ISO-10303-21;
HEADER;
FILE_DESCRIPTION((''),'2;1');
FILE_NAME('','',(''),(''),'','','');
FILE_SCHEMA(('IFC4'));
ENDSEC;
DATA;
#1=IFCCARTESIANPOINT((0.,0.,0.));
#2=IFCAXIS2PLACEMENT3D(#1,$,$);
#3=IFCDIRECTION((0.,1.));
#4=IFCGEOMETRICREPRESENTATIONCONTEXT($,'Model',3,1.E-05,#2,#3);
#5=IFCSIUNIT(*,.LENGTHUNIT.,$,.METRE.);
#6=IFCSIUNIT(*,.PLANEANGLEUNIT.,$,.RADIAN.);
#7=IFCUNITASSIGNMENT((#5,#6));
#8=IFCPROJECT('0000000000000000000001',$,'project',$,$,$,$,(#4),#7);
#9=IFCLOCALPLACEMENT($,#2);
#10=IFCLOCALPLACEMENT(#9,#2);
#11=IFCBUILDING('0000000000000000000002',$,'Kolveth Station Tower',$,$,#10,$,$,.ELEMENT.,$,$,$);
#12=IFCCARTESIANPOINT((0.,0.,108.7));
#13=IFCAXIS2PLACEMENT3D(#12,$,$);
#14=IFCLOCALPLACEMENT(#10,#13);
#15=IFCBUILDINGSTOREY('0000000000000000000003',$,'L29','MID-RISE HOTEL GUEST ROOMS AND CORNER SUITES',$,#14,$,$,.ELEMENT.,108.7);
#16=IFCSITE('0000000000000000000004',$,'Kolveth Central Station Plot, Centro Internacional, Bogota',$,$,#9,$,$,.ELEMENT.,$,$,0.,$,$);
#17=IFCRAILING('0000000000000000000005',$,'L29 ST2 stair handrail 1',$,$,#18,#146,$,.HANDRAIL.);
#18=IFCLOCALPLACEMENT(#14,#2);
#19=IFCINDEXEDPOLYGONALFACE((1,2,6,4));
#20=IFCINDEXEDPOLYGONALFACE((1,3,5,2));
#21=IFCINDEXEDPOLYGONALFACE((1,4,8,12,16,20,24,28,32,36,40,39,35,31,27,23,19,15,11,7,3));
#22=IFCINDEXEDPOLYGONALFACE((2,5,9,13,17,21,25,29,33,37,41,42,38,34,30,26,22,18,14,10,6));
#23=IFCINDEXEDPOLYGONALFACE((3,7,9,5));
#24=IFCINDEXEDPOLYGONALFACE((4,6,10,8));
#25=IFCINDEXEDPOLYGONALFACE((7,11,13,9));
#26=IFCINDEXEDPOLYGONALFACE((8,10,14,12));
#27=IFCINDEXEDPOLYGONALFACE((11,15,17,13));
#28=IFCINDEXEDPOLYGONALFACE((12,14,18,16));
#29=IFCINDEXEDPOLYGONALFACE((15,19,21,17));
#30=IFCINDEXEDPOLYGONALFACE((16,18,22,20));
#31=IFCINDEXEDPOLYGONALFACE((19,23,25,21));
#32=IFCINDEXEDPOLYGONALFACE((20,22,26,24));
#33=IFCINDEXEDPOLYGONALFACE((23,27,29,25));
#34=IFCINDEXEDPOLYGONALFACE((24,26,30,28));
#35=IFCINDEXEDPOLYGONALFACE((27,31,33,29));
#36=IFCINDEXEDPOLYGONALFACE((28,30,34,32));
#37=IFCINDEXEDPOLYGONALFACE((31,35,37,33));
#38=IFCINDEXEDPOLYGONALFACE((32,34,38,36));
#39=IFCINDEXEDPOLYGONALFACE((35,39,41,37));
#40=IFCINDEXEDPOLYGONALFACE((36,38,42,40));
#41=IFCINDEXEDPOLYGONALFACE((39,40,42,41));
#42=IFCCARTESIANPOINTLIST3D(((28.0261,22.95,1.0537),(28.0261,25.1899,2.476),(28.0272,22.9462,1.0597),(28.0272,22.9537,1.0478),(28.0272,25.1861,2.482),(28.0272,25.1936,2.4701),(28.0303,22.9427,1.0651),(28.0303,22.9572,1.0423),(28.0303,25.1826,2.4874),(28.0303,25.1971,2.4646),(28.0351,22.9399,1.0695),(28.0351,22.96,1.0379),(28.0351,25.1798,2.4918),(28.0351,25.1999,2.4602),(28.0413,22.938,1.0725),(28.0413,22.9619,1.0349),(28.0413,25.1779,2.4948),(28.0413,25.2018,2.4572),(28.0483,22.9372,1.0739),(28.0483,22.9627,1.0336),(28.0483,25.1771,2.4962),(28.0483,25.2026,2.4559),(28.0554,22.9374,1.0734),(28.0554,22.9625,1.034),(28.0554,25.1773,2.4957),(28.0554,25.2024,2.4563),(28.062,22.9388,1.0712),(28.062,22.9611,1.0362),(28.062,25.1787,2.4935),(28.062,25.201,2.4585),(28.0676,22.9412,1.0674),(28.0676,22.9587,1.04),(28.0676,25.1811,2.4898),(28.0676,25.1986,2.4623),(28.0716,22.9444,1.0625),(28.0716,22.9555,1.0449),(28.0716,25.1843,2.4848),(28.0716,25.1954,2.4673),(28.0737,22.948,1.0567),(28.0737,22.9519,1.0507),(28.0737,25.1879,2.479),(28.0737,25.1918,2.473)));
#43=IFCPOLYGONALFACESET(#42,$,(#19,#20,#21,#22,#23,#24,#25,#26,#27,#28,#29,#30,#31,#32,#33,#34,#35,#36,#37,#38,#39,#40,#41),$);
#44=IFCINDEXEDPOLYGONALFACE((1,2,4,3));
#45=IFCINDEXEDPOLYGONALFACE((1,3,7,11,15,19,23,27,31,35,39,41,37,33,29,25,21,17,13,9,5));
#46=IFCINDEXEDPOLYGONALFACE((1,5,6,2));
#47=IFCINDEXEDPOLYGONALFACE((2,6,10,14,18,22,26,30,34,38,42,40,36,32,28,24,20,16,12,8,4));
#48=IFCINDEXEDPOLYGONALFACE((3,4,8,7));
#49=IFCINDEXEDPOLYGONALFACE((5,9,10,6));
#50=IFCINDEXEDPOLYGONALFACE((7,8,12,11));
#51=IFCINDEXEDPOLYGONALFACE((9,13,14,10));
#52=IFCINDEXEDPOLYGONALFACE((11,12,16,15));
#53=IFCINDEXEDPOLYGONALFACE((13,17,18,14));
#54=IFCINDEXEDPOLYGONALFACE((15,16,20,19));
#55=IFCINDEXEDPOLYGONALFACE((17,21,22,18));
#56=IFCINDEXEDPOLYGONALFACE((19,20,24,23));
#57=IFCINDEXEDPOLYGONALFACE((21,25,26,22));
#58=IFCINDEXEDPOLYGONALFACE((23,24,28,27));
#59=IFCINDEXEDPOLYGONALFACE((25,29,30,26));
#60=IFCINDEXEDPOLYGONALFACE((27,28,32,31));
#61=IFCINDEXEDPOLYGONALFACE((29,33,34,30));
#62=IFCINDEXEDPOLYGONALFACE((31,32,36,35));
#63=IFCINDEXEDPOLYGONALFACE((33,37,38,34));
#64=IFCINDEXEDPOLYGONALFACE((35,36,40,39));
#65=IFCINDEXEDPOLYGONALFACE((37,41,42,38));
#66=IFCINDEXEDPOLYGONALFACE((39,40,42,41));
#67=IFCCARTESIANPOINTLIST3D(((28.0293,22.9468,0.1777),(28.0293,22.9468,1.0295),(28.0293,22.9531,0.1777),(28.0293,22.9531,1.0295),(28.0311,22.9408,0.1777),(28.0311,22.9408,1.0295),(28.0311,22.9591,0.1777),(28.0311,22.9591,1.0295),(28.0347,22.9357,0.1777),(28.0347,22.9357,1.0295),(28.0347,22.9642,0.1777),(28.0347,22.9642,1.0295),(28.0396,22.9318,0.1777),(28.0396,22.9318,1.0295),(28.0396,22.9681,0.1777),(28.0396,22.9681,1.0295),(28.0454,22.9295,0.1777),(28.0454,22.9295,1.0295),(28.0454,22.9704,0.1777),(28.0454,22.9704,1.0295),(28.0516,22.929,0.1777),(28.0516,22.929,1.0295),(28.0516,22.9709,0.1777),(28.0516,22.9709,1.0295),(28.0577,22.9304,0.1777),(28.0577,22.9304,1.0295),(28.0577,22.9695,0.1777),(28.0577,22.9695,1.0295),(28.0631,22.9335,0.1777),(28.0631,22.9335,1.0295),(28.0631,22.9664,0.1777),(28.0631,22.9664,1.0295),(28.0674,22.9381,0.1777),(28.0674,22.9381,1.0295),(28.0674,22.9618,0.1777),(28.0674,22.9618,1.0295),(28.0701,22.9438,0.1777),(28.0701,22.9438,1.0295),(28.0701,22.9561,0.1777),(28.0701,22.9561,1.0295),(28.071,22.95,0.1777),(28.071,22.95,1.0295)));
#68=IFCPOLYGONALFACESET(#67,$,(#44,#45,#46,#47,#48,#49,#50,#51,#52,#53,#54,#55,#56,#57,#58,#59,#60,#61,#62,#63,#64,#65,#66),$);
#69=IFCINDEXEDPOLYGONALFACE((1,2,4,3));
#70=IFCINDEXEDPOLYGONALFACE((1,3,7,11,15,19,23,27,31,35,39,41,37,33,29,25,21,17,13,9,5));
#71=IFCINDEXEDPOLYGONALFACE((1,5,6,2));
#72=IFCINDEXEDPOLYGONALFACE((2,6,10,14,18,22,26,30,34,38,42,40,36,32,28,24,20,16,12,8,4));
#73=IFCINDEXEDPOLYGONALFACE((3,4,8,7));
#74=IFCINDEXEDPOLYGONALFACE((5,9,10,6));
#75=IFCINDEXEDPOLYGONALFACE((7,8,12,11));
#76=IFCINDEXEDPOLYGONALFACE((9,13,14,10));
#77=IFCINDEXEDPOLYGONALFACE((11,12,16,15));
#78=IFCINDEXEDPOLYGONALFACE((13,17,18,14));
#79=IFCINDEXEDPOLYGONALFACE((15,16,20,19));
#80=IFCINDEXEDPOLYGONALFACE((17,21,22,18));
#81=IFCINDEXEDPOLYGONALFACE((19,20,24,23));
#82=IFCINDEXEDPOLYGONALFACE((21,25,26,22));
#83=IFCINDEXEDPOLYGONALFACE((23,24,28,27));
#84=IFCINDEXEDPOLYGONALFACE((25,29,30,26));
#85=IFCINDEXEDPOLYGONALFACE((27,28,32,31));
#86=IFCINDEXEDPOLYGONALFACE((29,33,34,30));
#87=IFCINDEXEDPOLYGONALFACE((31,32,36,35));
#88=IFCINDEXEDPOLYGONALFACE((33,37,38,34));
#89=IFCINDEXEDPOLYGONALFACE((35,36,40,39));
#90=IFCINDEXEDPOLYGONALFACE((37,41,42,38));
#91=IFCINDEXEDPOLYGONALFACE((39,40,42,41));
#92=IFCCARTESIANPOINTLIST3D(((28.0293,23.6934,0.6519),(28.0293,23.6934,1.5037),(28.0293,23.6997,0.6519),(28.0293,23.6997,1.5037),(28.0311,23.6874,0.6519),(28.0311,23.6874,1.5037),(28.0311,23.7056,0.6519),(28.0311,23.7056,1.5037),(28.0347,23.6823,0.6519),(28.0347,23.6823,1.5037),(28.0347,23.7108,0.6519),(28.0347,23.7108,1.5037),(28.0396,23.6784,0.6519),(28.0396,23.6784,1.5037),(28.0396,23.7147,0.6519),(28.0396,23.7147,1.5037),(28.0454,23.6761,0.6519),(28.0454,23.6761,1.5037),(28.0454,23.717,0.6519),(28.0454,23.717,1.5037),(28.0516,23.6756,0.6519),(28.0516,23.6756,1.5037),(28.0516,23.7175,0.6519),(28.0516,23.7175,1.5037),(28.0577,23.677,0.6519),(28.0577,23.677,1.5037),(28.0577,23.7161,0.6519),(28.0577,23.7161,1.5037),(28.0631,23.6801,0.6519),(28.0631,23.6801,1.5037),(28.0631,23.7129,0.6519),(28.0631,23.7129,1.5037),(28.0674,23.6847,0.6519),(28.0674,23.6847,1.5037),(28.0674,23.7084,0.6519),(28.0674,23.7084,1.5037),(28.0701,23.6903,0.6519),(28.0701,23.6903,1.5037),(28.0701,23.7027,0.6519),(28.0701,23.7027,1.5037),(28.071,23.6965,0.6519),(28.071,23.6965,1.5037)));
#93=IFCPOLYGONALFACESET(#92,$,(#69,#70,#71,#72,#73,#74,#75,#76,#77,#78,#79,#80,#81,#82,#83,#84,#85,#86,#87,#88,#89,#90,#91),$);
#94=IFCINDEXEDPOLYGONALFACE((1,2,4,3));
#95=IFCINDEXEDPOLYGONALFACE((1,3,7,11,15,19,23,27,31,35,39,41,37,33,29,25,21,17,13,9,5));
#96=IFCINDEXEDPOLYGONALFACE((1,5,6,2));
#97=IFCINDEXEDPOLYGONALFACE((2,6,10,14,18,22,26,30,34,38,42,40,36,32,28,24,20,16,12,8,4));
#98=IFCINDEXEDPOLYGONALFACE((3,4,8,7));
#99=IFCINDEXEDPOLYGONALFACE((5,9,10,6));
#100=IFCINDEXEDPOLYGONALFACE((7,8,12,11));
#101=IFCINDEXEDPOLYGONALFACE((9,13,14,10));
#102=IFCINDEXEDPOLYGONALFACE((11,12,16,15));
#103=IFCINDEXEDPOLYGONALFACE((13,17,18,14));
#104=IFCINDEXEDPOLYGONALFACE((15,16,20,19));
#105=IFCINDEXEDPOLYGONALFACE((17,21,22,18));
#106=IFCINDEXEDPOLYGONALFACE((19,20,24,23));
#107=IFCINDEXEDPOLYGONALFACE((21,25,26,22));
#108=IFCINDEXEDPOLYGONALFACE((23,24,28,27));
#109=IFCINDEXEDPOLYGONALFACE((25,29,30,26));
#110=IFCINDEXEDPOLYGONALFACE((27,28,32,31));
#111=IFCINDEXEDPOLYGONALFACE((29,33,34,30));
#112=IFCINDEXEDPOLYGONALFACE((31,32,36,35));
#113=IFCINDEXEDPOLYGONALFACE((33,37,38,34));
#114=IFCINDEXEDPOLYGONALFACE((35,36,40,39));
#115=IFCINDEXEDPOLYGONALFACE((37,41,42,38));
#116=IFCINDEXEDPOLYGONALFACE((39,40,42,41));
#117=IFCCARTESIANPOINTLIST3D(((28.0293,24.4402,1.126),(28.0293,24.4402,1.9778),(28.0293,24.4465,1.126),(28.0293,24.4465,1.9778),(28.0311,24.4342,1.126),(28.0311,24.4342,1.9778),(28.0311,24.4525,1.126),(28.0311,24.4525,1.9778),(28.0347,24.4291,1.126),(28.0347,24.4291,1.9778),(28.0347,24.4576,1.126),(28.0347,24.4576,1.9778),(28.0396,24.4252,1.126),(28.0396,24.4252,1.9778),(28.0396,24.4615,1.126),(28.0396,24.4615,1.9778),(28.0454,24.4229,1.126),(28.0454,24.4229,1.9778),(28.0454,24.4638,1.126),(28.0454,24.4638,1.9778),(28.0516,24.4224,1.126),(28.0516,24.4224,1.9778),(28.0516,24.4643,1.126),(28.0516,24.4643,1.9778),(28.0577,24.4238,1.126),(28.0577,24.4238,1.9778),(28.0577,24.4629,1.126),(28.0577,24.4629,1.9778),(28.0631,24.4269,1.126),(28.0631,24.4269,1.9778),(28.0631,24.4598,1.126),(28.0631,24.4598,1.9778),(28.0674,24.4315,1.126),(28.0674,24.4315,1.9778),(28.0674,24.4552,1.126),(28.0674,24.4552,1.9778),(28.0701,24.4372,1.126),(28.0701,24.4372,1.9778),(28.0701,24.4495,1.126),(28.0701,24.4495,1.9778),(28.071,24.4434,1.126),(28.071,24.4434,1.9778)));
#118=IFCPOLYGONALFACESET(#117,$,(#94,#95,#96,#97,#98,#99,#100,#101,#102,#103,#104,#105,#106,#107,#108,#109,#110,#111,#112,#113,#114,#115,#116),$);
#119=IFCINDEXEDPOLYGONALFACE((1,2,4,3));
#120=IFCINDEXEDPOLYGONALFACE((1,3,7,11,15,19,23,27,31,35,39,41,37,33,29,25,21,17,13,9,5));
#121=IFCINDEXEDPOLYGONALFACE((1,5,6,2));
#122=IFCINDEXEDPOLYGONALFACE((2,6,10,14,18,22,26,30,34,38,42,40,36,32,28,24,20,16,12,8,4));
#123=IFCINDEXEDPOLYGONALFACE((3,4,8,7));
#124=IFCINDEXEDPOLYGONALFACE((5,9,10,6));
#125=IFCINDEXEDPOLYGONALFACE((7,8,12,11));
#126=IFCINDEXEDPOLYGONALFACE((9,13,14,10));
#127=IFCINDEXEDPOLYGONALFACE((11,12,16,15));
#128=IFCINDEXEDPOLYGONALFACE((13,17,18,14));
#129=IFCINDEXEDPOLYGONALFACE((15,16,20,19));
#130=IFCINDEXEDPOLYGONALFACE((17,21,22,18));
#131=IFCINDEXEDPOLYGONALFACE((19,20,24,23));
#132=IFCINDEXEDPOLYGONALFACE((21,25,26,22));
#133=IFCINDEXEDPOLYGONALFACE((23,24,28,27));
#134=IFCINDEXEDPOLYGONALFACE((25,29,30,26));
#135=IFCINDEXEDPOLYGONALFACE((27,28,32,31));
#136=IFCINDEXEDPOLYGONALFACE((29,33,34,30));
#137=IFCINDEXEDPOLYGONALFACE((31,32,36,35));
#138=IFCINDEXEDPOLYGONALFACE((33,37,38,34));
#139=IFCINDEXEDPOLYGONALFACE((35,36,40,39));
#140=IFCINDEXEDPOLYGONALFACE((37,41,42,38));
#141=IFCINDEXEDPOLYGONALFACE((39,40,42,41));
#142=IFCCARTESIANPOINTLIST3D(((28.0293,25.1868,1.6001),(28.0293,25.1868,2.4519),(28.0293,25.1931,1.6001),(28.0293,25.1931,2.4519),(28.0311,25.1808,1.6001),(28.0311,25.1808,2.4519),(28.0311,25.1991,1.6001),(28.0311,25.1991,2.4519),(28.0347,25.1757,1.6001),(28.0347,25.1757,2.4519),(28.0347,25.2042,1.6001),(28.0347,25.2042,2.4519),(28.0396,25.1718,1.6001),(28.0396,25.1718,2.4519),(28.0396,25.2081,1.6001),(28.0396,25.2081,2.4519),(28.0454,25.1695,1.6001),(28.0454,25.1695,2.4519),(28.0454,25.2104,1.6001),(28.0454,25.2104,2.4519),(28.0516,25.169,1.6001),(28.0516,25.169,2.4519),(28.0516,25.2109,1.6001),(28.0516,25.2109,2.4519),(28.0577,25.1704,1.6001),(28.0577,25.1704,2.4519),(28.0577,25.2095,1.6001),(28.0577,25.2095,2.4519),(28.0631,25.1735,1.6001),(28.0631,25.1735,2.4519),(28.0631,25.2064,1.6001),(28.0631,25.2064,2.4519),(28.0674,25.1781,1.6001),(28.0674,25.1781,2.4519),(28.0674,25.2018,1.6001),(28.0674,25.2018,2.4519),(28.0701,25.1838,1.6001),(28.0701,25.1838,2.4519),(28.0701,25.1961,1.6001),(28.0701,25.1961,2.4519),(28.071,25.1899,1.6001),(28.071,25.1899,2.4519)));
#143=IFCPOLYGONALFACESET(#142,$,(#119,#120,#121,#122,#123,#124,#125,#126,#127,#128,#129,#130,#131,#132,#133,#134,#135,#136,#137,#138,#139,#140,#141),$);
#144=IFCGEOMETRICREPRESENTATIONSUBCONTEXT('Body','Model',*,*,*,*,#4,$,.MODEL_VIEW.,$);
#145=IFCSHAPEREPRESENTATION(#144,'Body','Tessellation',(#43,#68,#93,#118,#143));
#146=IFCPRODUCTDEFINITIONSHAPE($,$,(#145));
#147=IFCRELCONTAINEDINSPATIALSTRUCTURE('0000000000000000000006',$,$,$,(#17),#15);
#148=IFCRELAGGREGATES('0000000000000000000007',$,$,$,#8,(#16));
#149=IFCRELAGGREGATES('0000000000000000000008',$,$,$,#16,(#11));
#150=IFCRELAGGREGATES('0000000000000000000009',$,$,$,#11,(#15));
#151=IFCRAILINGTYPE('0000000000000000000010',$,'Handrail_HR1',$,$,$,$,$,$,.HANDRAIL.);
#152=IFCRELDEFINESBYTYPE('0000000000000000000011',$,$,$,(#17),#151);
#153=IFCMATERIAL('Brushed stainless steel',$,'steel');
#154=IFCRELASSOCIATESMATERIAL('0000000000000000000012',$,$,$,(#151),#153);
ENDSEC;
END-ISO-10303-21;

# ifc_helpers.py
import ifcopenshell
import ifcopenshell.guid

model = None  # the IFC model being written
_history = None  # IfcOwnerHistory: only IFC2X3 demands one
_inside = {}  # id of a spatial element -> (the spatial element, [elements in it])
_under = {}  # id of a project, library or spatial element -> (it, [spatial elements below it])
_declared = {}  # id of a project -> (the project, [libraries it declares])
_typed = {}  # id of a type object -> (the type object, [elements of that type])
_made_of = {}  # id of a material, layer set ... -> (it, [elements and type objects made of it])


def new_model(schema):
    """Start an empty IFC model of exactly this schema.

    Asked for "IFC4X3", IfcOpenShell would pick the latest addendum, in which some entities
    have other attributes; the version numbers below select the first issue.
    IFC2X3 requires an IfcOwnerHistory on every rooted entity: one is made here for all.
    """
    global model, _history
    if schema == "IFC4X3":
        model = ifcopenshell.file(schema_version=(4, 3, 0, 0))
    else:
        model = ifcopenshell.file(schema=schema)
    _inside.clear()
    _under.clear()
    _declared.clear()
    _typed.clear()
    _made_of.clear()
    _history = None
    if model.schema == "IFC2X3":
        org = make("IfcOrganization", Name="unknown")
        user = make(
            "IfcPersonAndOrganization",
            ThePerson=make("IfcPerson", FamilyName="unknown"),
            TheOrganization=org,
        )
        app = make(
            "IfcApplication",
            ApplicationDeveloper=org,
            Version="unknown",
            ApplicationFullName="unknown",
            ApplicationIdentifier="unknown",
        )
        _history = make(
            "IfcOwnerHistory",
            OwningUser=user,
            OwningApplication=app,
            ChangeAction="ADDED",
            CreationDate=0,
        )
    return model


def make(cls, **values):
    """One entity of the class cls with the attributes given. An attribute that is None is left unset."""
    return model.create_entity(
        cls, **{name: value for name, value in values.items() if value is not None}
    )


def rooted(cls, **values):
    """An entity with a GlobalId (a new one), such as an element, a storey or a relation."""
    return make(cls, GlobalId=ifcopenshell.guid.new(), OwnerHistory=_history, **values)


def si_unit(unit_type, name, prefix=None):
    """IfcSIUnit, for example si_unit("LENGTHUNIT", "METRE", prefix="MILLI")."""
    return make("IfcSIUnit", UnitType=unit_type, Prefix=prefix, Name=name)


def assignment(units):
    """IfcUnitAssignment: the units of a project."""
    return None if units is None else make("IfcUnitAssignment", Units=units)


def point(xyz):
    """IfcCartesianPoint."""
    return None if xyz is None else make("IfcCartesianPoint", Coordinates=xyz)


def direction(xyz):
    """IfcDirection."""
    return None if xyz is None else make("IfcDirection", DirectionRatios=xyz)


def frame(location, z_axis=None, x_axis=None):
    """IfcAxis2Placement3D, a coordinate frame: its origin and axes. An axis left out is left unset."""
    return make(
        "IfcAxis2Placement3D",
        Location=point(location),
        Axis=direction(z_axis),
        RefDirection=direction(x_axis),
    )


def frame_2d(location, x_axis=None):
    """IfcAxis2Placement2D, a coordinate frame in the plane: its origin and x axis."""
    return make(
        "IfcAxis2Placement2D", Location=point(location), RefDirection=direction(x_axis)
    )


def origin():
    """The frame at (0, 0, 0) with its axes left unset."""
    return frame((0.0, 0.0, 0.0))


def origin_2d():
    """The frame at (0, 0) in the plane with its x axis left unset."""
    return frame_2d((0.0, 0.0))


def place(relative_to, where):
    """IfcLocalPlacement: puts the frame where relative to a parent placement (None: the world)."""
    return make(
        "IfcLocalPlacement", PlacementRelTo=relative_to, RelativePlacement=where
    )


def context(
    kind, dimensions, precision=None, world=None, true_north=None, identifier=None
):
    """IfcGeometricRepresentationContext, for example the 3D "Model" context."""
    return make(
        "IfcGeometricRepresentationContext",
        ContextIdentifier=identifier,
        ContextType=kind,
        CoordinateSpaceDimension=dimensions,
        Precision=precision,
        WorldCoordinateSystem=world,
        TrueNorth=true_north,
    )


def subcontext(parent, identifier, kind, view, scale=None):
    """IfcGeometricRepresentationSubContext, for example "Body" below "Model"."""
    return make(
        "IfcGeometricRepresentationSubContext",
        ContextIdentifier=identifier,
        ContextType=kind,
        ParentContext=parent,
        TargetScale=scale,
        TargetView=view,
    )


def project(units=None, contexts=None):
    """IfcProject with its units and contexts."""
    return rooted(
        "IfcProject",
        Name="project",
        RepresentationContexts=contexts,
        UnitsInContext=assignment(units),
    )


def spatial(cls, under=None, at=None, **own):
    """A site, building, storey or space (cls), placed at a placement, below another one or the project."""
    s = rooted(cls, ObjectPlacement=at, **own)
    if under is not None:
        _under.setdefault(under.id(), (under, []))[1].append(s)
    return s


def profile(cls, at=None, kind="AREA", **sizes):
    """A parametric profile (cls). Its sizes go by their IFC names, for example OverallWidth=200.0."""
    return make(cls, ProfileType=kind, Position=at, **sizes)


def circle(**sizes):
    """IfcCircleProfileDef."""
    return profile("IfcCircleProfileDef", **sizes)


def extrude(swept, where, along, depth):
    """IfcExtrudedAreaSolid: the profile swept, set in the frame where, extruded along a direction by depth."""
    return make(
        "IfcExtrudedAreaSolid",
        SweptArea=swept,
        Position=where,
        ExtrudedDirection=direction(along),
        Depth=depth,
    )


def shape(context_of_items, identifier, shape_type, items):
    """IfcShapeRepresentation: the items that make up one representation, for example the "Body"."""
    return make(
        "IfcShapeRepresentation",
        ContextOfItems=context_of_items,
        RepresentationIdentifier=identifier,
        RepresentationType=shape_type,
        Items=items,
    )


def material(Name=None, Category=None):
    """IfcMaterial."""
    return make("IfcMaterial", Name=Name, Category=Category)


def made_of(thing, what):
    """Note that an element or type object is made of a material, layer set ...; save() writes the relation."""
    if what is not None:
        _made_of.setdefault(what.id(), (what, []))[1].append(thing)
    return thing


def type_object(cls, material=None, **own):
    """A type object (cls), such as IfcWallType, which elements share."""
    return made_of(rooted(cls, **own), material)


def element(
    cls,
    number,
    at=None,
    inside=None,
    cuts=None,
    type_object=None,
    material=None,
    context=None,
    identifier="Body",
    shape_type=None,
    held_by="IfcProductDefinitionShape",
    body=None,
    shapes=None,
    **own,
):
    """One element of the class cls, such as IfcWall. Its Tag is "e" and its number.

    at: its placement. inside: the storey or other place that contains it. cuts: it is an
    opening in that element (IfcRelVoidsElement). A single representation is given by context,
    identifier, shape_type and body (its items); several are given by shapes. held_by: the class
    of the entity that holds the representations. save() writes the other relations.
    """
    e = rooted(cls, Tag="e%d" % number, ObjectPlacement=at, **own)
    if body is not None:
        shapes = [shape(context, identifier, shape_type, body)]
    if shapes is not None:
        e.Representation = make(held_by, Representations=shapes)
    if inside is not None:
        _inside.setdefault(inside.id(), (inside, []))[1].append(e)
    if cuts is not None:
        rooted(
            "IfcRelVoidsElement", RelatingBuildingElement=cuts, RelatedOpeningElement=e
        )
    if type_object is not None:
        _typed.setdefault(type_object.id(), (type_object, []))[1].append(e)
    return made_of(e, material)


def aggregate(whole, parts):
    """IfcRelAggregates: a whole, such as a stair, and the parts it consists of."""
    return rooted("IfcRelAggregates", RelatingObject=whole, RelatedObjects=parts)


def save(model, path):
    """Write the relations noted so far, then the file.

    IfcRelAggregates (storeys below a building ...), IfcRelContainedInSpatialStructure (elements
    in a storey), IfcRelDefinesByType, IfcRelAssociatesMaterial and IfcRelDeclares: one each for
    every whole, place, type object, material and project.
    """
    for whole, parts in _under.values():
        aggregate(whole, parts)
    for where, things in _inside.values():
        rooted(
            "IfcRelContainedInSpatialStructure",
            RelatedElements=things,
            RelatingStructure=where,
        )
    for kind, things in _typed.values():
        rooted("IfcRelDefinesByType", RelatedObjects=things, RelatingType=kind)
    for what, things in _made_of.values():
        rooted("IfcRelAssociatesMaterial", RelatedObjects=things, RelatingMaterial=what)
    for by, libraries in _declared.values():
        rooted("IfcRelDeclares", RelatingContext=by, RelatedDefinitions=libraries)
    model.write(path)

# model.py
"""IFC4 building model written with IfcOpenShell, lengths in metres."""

from ifc_helpers import new_model, si_unit, direction, frame, origin, origin_2d, place, context, subcontext, project, spatial, circle, extrude, material, type_object, element, save


model = new_model("IFC4")

# Units and contexts
model_context = context("Model", 3, precision=1e-05, world=origin(), true_north=direction((0.0, 1.0)))
body_context = subcontext(model_context, "Body", "Model", "MODEL_VIEW")
ifc_project = project(units=[si_unit("LENGTHUNIT", "METRE"), si_unit("PLANEANGLEUNIT", "RADIAN")], contexts=[model_context])

# Site, building, storey
site_placement = place(None, origin())
site = spatial("IfcSite", under=ifc_project, at=site_placement, Name="Kolveth Central Station Plot, Centro Internacional, Bogota", CompositionType="ELEMENT", RefElevation=0.0)
building_placement = place(site_placement, origin())
building = spatial("IfcBuilding", under=site, at=building_placement, Name="Kolveth Station Tower", CompositionType="ELEMENT")
storey_placement = place(building_placement, frame((0.0, 0.0, 108.7)))
storey = spatial("IfcBuildingStorey", under=building, at=storey_placement, Name="L29", Description="MID-RISE HOTEL GUEST ROOMS AND CORNER SUITES", CompositionType="ELEMENT", Elevation=108.7)

# Railing
ifc_material_1 = material(Name="Brushed stainless steel", Category="steel")
railing_type_1 = type_object("IfcRailingType", Name="Handrail_HR1", PredefinedType="HANDRAIL", material=ifc_material_1)
railing_1_placement = place(storey_placement, frame((28.05, 22.95, 0.1777)))
element("IfcRailing", 1, at=railing_1_placement, inside=storey, type_object=railing_type_1, Name="L29 ST2 stair handrail 1", PredefinedType="HANDRAIL", context=body_context, shape_type="SweptSolid", body=[
    extrude(circle(Radius=0.0239, at=origin_2d()), frame((0.0, 0.0, 0.876), z_axis=(0.0, 0.844188, 0.536048), x_axis=(-1.0, 0.0, 0.0)), (0.0, 0.0, 1.0), 2.6533),
    extrude(circle(Radius=0.021, at=origin_2d()), origin(), (0.0, 0.0, 1.0), 0.8518),
    extrude(circle(Radius=0.021, at=origin_2d()), frame((0.0, 0.7466, 0.4741)), (0.0, 0.0, 1.0), 0.8518),
    extrude(circle(Radius=0.021, at=origin_2d()), frame((0.0, 1.4934, 0.9482)), (0.0, 0.0, 1.0), 0.8518),
    extrude(circle(Radius=0.021, at=origin_2d()), frame((0.0, 2.24, 1.4224)), (0.0, 0.0, 1.0), 0.8518),
])

save(model, "model.ifc")
